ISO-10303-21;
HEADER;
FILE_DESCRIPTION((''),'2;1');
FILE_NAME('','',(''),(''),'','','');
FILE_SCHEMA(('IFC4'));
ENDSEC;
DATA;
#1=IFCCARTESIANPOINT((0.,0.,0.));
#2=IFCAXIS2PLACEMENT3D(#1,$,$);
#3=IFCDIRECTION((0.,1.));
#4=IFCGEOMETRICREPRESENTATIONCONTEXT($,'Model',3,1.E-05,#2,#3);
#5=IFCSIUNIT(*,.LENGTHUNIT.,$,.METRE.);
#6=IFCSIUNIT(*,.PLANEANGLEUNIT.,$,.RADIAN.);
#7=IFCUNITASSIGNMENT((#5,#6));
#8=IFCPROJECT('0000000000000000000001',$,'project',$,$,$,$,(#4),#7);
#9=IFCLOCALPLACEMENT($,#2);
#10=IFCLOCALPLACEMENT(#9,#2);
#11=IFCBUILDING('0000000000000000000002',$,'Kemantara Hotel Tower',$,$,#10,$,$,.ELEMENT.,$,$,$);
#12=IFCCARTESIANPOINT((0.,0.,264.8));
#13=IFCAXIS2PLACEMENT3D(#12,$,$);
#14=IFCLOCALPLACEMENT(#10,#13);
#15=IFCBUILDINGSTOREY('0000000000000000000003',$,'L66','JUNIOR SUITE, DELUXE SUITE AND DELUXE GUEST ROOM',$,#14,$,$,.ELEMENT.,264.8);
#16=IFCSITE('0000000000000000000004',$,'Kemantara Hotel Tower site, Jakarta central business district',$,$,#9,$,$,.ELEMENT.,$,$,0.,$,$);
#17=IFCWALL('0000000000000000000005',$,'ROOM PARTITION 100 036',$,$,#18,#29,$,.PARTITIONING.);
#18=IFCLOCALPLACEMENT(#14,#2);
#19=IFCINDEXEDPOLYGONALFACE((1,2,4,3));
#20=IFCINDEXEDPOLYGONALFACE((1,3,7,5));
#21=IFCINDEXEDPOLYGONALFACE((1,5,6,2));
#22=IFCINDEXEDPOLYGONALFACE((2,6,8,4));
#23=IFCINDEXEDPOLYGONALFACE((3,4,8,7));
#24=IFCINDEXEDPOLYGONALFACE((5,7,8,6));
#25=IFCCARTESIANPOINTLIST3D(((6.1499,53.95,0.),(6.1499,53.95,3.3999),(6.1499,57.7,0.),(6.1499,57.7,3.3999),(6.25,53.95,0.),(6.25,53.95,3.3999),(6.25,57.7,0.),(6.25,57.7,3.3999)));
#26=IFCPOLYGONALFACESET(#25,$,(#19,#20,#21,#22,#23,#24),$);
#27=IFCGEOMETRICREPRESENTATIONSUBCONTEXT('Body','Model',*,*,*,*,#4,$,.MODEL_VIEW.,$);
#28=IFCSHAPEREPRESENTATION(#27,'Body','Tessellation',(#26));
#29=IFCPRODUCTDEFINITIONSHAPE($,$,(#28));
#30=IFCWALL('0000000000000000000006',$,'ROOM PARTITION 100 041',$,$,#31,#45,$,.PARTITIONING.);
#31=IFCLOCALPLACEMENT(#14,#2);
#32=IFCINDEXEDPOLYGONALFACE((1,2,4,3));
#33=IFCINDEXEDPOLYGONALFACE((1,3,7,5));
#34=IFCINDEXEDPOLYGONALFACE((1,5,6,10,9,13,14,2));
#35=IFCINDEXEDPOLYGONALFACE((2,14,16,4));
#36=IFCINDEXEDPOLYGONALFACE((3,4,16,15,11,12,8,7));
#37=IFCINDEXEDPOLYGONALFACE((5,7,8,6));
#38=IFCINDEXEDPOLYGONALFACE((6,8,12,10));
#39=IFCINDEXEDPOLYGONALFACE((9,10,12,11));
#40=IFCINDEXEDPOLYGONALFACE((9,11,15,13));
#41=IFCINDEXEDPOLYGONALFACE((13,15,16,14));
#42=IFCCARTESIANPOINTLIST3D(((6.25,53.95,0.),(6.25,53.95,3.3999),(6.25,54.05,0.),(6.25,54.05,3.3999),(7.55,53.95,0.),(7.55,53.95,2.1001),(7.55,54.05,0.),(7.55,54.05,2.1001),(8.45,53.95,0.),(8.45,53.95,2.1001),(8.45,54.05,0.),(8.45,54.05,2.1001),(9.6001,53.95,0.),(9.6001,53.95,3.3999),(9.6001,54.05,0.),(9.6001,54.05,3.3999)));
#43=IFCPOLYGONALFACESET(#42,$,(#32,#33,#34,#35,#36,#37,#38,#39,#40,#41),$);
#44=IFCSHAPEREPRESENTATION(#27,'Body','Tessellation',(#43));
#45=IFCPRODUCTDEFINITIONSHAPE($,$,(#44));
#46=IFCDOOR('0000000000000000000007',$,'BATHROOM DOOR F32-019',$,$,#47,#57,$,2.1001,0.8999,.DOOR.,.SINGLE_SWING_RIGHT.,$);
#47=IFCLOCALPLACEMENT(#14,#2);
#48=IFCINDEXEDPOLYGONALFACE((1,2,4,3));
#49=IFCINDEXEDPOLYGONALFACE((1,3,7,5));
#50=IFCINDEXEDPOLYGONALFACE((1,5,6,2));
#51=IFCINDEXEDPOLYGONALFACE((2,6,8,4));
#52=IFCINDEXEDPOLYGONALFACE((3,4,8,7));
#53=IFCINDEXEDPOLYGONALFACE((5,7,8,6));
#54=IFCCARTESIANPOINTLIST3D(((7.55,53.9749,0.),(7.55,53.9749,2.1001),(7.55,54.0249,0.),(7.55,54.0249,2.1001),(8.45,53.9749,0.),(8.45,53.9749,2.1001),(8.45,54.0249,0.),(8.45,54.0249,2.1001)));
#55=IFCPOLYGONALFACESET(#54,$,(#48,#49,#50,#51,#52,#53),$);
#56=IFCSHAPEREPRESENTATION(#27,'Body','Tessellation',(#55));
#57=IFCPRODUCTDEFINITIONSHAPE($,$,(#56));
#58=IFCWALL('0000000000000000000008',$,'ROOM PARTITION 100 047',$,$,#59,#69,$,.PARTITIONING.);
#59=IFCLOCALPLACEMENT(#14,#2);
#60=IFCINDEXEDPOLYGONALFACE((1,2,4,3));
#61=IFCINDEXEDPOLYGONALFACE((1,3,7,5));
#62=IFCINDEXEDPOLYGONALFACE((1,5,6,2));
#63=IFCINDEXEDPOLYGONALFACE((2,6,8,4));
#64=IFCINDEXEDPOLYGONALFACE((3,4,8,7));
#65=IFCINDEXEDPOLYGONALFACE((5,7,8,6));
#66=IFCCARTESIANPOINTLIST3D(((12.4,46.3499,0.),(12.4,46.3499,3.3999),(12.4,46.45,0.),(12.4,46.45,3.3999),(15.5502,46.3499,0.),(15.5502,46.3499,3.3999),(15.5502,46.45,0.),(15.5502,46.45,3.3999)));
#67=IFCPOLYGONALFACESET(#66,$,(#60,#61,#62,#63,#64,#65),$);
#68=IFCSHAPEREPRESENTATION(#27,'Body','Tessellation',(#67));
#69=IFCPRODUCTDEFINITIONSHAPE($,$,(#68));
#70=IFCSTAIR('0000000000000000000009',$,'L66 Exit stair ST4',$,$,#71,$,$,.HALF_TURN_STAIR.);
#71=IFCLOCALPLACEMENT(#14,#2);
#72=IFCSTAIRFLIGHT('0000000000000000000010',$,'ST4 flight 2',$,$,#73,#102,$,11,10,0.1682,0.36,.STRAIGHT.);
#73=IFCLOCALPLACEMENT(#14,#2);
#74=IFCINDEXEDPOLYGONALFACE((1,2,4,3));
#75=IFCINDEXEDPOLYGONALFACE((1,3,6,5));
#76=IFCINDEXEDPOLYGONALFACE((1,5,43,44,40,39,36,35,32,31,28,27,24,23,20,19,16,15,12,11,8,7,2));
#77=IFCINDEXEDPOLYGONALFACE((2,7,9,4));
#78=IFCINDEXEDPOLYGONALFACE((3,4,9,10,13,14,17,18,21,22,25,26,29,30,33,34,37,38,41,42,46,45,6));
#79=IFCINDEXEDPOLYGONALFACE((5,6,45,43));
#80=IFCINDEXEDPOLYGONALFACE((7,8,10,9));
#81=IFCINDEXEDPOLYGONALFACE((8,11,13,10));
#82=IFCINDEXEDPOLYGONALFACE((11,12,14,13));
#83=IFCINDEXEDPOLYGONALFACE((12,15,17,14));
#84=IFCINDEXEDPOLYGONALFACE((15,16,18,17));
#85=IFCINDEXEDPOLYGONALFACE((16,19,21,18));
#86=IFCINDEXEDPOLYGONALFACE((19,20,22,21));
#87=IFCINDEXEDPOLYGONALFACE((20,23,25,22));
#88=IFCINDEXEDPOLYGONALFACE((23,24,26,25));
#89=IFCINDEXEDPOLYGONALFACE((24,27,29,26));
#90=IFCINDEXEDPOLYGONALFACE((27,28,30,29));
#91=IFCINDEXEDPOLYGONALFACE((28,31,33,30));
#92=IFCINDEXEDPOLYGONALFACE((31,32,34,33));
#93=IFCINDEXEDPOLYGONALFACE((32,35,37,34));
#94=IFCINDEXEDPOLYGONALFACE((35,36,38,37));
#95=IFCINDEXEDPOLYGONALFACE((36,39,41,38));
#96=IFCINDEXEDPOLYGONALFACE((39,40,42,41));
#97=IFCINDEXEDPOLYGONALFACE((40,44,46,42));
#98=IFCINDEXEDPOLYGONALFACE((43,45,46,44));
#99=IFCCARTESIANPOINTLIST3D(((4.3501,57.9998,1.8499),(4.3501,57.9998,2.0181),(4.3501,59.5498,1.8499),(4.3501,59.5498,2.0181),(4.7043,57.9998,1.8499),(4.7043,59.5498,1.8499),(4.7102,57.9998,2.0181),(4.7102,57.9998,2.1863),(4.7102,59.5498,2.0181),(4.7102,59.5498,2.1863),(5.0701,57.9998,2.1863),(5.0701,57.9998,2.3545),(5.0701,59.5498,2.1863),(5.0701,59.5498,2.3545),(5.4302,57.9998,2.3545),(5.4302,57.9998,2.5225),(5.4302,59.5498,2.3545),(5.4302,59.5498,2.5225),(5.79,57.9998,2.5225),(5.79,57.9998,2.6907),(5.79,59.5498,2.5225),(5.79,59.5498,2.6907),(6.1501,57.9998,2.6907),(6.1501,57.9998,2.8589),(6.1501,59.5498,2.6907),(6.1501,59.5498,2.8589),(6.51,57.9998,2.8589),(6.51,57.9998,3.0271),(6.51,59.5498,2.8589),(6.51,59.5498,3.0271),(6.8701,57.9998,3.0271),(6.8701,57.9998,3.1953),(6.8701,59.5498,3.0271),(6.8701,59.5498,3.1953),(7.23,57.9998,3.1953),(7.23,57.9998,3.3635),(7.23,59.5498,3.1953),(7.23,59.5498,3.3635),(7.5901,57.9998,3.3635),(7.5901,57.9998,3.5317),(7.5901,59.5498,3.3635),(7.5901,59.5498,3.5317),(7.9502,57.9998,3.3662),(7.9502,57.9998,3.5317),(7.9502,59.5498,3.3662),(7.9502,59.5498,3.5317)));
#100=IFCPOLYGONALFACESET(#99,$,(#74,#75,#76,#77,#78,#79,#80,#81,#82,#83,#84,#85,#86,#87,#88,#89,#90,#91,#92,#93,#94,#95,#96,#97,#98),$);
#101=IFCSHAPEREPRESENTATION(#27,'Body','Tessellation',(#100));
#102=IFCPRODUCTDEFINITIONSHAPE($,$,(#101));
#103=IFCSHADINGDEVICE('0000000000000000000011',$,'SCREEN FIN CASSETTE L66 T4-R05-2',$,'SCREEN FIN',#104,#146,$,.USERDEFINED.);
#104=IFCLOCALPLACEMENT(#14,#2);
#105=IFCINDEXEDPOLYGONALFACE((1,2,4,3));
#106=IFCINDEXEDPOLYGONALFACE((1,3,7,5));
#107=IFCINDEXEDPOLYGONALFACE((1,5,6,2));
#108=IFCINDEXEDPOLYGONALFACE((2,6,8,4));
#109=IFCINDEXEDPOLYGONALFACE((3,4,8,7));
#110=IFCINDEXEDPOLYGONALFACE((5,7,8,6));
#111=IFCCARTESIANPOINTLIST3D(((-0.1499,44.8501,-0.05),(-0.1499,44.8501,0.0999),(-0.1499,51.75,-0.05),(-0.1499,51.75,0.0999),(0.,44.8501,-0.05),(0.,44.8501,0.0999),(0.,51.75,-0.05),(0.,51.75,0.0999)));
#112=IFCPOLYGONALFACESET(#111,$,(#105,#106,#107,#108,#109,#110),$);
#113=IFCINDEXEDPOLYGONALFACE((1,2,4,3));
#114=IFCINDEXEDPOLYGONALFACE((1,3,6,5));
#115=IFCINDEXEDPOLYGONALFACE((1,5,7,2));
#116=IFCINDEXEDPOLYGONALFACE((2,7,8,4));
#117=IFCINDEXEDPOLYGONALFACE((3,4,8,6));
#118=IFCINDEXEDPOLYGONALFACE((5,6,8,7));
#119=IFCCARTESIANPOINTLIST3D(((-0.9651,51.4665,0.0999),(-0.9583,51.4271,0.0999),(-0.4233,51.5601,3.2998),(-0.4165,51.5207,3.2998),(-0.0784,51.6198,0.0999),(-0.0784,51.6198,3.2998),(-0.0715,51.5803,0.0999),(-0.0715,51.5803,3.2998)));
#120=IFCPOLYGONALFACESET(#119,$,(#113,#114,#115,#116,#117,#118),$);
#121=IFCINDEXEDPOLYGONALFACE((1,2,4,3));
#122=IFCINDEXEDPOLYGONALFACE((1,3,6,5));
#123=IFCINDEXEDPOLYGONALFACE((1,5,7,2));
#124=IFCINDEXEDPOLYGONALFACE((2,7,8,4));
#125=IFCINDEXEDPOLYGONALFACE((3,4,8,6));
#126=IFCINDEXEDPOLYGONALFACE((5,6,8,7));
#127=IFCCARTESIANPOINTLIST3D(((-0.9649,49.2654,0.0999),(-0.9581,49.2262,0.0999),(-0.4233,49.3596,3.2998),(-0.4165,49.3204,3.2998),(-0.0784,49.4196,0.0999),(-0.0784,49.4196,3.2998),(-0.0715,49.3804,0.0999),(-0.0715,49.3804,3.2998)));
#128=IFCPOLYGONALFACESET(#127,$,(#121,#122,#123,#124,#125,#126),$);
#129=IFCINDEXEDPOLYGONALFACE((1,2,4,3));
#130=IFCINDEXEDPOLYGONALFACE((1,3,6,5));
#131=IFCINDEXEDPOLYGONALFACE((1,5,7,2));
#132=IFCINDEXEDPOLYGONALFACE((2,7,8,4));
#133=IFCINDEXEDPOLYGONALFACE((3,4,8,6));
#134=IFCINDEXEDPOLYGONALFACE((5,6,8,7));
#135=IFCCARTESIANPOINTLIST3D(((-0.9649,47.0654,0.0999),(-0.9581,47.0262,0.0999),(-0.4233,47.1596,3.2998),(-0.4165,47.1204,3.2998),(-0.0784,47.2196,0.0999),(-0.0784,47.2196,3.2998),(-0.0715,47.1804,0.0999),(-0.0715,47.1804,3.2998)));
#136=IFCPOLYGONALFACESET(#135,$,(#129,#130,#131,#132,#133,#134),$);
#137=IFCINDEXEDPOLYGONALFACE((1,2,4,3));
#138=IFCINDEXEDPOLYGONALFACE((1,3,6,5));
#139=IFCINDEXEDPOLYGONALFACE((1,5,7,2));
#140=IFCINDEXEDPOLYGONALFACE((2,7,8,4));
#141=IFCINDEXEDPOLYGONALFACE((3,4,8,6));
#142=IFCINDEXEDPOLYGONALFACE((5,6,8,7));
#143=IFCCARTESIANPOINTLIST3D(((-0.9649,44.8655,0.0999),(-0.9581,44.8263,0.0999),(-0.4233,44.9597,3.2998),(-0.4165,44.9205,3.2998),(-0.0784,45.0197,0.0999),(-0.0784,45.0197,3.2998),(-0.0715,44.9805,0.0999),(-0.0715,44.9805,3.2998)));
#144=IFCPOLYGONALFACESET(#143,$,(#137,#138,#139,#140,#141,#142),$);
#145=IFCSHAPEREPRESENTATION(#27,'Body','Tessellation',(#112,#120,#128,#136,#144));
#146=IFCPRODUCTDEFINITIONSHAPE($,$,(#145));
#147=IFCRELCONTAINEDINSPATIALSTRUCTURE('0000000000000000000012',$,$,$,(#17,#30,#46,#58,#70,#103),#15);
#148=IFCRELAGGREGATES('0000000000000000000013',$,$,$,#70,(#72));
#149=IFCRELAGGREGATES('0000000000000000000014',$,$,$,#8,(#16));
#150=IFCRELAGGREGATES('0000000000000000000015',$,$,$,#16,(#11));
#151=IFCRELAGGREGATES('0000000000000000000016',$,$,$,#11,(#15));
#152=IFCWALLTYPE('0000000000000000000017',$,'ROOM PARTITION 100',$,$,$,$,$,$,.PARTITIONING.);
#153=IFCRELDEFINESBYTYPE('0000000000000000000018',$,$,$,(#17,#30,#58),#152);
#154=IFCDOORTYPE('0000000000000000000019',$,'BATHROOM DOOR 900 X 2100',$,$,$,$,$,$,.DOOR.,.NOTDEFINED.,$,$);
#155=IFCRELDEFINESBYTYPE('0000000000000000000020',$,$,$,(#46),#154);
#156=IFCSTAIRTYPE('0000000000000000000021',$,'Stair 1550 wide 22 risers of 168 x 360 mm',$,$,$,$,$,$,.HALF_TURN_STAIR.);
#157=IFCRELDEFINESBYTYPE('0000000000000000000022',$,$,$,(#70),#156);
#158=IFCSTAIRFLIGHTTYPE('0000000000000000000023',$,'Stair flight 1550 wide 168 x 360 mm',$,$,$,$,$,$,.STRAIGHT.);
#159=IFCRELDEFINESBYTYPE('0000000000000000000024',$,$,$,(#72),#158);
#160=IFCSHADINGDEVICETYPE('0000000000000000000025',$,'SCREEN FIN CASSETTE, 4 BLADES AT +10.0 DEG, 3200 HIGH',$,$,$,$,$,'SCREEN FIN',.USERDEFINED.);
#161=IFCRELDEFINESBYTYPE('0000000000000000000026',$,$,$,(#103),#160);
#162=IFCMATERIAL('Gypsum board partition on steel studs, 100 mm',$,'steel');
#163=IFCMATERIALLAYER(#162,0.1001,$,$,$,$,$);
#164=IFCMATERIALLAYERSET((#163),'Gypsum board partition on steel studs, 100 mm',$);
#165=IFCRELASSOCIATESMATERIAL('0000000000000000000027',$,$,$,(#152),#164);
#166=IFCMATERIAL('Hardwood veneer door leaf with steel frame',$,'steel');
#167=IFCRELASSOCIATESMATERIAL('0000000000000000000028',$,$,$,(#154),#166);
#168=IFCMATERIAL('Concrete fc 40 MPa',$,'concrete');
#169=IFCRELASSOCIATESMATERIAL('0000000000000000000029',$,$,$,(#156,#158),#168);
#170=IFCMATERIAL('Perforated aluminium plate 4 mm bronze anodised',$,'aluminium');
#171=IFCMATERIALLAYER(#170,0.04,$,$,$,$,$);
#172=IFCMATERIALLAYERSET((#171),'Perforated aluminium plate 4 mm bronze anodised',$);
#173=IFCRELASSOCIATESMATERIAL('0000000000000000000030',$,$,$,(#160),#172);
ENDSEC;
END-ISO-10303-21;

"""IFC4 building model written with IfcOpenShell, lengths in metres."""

from ifc_helpers import new_model, si_unit, direction, frame, frame_2d, origin, origin_2d, place, context, subcontext, project, spatial, polyline, rectangle, outline, extrude, source, transform, mapped, material, layer, layer_set, type_object, element, fill, aggregate, save


model = new_model("IFC4")

# Units and contexts
model_context = context("Model", 3, precision=1e-05, world=origin(), true_north=direction((0.0, 1.0)))
body_context = subcontext(model_context, "Body", "Model", "MODEL_VIEW")
ifc_project = project(units=[si_unit("LENGTHUNIT", "METRE"), si_unit("PLANEANGLEUNIT", "RADIAN")], contexts=[model_context])

# Site, building, storey
site_placement = place(None, origin())
site = spatial("IfcSite", under=ifc_project, at=site_placement, Name="Kemantara Hotel Tower site, Jakarta central business district", CompositionType="ELEMENT", RefElevation=0.0)
building_placement = place(site_placement, origin())
building = spatial("IfcBuilding", under=site, at=building_placement, Name="Kemantara Hotel Tower", CompositionType="ELEMENT")
storey_placement = place(building_placement, frame((0.0, 0.0, 264.8)))
storey = spatial("IfcBuildingStorey", under=building, at=storey_placement, Name="L66", Description="JUNIOR SUITE, DELUXE SUITE AND DELUXE GUEST ROOM", CompositionType="ELEMENT", Elevation=264.8)

# Shared definitions
ifc_material_1 = material(Name="Hardwood veneer door leaf with steel frame", Category="steel")

# Shared definitions
ifc_material_2 = material(Name="Concrete fc 40 MPa", Category="concrete")

# Wall
ifc_material_3 = material(Name="Gypsum board partition on steel studs, 100 mm", Category="steel")
ifc_layer_1 = layer(ifc_material_3, 0.1001)
ifc_layer_set_1 = layer_set([ifc_layer_1], Name="Gypsum board partition on steel studs, 100 mm")
wall_type_1 = type_object("IfcWallType", Name="ROOM PARTITION 100", PredefinedType="PARTITIONING", material=ifc_layer_set_1)
wall_1_placement = place(storey_placement, frame((6.2, 53.95, 0.0), z_axis=(0.0, 0.0, 1.0), x_axis=(0.0, 1.0, 0.0)))
element("IfcWall", 1, at=wall_1_placement, inside=storey, type_object=wall_type_1, Name="ROOM PARTITION 100 036", PredefinedType="PARTITIONING", context=body_context, shape_type="SweptSolid", body=[
    extrude(rectangle(XDim=3.75, YDim=0.1001, at=frame_2d((1.875, 0.0))), origin(), (0.0, 0.0, 1.0), 3.3999),
])

# Wall, opening, door
wall_2_placement = place(storey_placement, frame((6.25, 54.0, 0.0), z_axis=(0.0, 0.0, 1.0), x_axis=(1.0, 0.0, 0.0)))
wall_2 = element("IfcWall", 2, at=wall_2_placement, inside=storey, type_object=wall_type_1, Name="ROOM PARTITION 100 041", PredefinedType="PARTITIONING", context=body_context, shape_type="SweptSolid", body=[
    extrude(rectangle(XDim=3.3501, YDim=0.1001, at=frame_2d((1.675, 0.0))), origin(), (0.0, 0.0, 1.0), 3.3999),
])
opening_1_placement = place(wall_2_placement, frame((1.3, 0.0, 0.0)))
opening_1 = element("IfcOpeningElement", 3, at=opening_1_placement, cuts=wall_2, PredefinedType="OPENING", context=body_context, shape_type="SweptSolid", body=[
    extrude(rectangle(XDim=0.8999, YDim=2.1001, at=frame_2d((0.45, 1.05))), frame((0.0, 0.0601, 0.0), z_axis=(0.0, -1.0, 0.0), x_axis=(1.0, 0.0, 0.0)), (0.0, 0.0, 1.0), 0.1201),
])
door_type_1 = type_object("IfcDoorType", Name="BATHROOM DOOR 900 X 2100", OperationType="NOTDEFINED", PredefinedType="DOOR", material=ifc_material_1)
door_1_placement = place(opening_1_placement, origin())
door_1 = element("IfcDoor", 4, at=door_1_placement, inside=storey, type_object=door_type_1, Name="BATHROOM DOOR F32-019", OperationType="SINGLE_SWING_RIGHT", OverallHeight=2.1001, OverallWidth=0.8999, PredefinedType="DOOR", context=body_context, shape_type="SweptSolid", body=[
    extrude(rectangle(XDim=0.8999, YDim=2.1001, at=frame_2d((0.45, 1.05))), frame((0.0, 0.0249, 0.0), z_axis=(0.0, -1.0, 0.0), x_axis=(1.0, 0.0, 0.0)), (0.0, 0.0, 1.0), 0.05),
])
fill(opening_1, door_1)

# Wall
wall_3_placement = place(storey_placement, frame((12.3999, 46.3999, 0.0), z_axis=(0.0, 0.0, 1.0), x_axis=(1.0, 0.0, 0.0)))
element("IfcWall", 5, at=wall_3_placement, inside=storey, type_object=wall_type_1, Name="ROOM PARTITION 100 047", PredefinedType="PARTITIONING", context=body_context, shape_type="SweptSolid", body=[
    extrude(rectangle(XDim=3.1501, YDim=0.1001, at=frame_2d((1.5752, 0.0))), origin(), (0.0, 0.0, 1.0), 3.3999),
])

# Stair, stair flight
stair_type = type_object("IfcStairType", Name="Stair 1550 wide 22 risers of 168 x 360 mm", PredefinedType="HALF_TURN_STAIR", material=ifc_material_2)
stair_placement = place(storey_placement, origin())
stair = element("IfcStair", 6, at=stair_placement, inside=storey, type_object=stair_type, Name="L66 Exit stair ST4", PredefinedType="HALF_TURN_STAIR")
stair_flight_type = type_object("IfcStairFlightType", Name="Stair flight 1550 wide 168 x 360 mm", PredefinedType="STRAIGHT", material=ifc_material_2)
stair_flight_placement = place(storey_placement, frame((4.3501, 58.7749, 1.8499), z_axis=(0.0, 0.0, 1.0), x_axis=(1.0, 0.0, 0.0)))
stair_flight = element("IfcStairFlight", 7, at=stair_flight_placement, type_object=stair_flight_type, Name="ST4 flight 2", NumberOfRisers=11, NumberOfTreads=10, PredefinedType="STRAIGHT", RiserHeight=0.1682, TreadLength=0.36, context=body_context, shape_type="SweptSolid", body=[
    extrude(outline(polyline([(0.0, 0.0), (0.0, 0.1682), (0.3601, 0.1682), (0.3601, 0.3364), (0.72, 0.3364), (0.72, 0.5046), (1.0801, 0.5046), (1.0801, 0.6726), (1.4399, 0.6726), (1.4399, 0.8408), (1.8, 0.8408), (1.8, 1.009), (2.1599, 1.009), (2.1599, 1.1772), (2.52, 1.1772), (2.52, 1.3455), (2.8799, 1.3455), (2.8799, 1.5137), (3.24, 1.5137), (3.24, 1.6819), (3.6001, 1.6819), (3.6001, 1.8501), (3.6001, 1.5164), (0.3542, 0.0), (0.0, 0.0)])), frame((0.0, 0.7749, 0.0), z_axis=(0.0, -1.0, 0.0), x_axis=(1.0, 0.0, 0.0)), (0.0, 0.0, 1.0), 1.55),
])
aggregate(stair, [stair_flight])

# Shading device
ifc_material_4 = material(Name="Perforated aluminium plate 4 mm bronze anodised", Category="aluminium")
ifc_layer_2 = layer(ifc_material_4, 0.04)
ifc_layer_set_2 = layer_set([ifc_layer_2], Name="Perforated aluminium plate 4 mm bronze anodised")
shading_device_type_1 = type_object("IfcShadingDeviceType", Name="SCREEN FIN CASSETTE, 4 BLADES AT +10.0 DEG, 3200 HIGH", ElementType="SCREEN FIN", PredefinedType="USERDEFINED", material=ifc_layer_set_2)
shared_shape_1 = source(origin(), body_context, "Body", "SweptSolid", [
    extrude(rectangle(XDim=6.8999, YDim=0.1499, at=origin_2d()), frame((3.3, -0.075, -0.1499), z_axis=(0.0, 0.0, 1.0), x_axis=(1.0, 0.0, 0.0)), (0.0, 0.0, 1.0), 0.1499),
    extrude(outline(polyline([(0.0, 0.0), (0.8999, 0.0), (0.3501, 3.2), (0.0, 3.2), (0.0, 0.0)])), frame((0.0198, -0.0715, 0.0), z_axis=(-0.98539, -0.170314, 0.0), x_axis=(0.170314, -0.98539, 0.0)), (0.0, 0.0, 1.0), 0.04),
    extrude(outline(polyline([(0.0, 0.0), (0.8999, 0.0), (0.3501, 3.2), (0.0, 3.2), (0.0, 0.0)])), frame((2.2197, -0.0715, 0.0), z_axis=(-0.985212, -0.171341, 0.0), x_axis=(0.171341, -0.985212, 0.0)), (0.0, 0.0, 1.0), 0.0398),
    extrude(outline(polyline([(0.0, 0.0), (0.8999, 0.0), (0.3501, 3.2), (0.0, 3.2), (0.0, 0.0)])), frame((4.4197, -0.0715, 0.0), z_axis=(-0.985212, -0.171341, 0.0), x_axis=(0.171341, -0.985212, 0.0)), (0.0, 0.0, 1.0), 0.0398),
    extrude(outline(polyline([(0.0, 0.0), (0.8999, 0.0), (0.3501, 3.2), (0.0, 3.2), (0.0, 0.0)])), frame((6.6196, -0.0715, 0.0), z_axis=(-0.985212, -0.171341, 0.0), x_axis=(0.171341, -0.985212, 0.0)), (0.0, 0.0, 1.0), 0.0398),
])
shading_device_1_placement = place(storey_placement, frame((0.0, 51.6001, 0.0999), z_axis=(0.0, 0.0, 1.0), x_axis=(0.0, -1.0, 0.0)))
element("IfcShadingDevice", 8, at=shading_device_1_placement, inside=storey, type_object=shading_device_type_1, Name="SCREEN FIN CASSETTE L66 T4-R05-2", ObjectType="SCREEN FIN", PredefinedType="USERDEFINED", context=body_context, shape_type="MappedRepresentation", body=[
    mapped(shared_shape_1, transform((0.0, 0.0, 0.0))),
])

save(model, "model.ifc")
